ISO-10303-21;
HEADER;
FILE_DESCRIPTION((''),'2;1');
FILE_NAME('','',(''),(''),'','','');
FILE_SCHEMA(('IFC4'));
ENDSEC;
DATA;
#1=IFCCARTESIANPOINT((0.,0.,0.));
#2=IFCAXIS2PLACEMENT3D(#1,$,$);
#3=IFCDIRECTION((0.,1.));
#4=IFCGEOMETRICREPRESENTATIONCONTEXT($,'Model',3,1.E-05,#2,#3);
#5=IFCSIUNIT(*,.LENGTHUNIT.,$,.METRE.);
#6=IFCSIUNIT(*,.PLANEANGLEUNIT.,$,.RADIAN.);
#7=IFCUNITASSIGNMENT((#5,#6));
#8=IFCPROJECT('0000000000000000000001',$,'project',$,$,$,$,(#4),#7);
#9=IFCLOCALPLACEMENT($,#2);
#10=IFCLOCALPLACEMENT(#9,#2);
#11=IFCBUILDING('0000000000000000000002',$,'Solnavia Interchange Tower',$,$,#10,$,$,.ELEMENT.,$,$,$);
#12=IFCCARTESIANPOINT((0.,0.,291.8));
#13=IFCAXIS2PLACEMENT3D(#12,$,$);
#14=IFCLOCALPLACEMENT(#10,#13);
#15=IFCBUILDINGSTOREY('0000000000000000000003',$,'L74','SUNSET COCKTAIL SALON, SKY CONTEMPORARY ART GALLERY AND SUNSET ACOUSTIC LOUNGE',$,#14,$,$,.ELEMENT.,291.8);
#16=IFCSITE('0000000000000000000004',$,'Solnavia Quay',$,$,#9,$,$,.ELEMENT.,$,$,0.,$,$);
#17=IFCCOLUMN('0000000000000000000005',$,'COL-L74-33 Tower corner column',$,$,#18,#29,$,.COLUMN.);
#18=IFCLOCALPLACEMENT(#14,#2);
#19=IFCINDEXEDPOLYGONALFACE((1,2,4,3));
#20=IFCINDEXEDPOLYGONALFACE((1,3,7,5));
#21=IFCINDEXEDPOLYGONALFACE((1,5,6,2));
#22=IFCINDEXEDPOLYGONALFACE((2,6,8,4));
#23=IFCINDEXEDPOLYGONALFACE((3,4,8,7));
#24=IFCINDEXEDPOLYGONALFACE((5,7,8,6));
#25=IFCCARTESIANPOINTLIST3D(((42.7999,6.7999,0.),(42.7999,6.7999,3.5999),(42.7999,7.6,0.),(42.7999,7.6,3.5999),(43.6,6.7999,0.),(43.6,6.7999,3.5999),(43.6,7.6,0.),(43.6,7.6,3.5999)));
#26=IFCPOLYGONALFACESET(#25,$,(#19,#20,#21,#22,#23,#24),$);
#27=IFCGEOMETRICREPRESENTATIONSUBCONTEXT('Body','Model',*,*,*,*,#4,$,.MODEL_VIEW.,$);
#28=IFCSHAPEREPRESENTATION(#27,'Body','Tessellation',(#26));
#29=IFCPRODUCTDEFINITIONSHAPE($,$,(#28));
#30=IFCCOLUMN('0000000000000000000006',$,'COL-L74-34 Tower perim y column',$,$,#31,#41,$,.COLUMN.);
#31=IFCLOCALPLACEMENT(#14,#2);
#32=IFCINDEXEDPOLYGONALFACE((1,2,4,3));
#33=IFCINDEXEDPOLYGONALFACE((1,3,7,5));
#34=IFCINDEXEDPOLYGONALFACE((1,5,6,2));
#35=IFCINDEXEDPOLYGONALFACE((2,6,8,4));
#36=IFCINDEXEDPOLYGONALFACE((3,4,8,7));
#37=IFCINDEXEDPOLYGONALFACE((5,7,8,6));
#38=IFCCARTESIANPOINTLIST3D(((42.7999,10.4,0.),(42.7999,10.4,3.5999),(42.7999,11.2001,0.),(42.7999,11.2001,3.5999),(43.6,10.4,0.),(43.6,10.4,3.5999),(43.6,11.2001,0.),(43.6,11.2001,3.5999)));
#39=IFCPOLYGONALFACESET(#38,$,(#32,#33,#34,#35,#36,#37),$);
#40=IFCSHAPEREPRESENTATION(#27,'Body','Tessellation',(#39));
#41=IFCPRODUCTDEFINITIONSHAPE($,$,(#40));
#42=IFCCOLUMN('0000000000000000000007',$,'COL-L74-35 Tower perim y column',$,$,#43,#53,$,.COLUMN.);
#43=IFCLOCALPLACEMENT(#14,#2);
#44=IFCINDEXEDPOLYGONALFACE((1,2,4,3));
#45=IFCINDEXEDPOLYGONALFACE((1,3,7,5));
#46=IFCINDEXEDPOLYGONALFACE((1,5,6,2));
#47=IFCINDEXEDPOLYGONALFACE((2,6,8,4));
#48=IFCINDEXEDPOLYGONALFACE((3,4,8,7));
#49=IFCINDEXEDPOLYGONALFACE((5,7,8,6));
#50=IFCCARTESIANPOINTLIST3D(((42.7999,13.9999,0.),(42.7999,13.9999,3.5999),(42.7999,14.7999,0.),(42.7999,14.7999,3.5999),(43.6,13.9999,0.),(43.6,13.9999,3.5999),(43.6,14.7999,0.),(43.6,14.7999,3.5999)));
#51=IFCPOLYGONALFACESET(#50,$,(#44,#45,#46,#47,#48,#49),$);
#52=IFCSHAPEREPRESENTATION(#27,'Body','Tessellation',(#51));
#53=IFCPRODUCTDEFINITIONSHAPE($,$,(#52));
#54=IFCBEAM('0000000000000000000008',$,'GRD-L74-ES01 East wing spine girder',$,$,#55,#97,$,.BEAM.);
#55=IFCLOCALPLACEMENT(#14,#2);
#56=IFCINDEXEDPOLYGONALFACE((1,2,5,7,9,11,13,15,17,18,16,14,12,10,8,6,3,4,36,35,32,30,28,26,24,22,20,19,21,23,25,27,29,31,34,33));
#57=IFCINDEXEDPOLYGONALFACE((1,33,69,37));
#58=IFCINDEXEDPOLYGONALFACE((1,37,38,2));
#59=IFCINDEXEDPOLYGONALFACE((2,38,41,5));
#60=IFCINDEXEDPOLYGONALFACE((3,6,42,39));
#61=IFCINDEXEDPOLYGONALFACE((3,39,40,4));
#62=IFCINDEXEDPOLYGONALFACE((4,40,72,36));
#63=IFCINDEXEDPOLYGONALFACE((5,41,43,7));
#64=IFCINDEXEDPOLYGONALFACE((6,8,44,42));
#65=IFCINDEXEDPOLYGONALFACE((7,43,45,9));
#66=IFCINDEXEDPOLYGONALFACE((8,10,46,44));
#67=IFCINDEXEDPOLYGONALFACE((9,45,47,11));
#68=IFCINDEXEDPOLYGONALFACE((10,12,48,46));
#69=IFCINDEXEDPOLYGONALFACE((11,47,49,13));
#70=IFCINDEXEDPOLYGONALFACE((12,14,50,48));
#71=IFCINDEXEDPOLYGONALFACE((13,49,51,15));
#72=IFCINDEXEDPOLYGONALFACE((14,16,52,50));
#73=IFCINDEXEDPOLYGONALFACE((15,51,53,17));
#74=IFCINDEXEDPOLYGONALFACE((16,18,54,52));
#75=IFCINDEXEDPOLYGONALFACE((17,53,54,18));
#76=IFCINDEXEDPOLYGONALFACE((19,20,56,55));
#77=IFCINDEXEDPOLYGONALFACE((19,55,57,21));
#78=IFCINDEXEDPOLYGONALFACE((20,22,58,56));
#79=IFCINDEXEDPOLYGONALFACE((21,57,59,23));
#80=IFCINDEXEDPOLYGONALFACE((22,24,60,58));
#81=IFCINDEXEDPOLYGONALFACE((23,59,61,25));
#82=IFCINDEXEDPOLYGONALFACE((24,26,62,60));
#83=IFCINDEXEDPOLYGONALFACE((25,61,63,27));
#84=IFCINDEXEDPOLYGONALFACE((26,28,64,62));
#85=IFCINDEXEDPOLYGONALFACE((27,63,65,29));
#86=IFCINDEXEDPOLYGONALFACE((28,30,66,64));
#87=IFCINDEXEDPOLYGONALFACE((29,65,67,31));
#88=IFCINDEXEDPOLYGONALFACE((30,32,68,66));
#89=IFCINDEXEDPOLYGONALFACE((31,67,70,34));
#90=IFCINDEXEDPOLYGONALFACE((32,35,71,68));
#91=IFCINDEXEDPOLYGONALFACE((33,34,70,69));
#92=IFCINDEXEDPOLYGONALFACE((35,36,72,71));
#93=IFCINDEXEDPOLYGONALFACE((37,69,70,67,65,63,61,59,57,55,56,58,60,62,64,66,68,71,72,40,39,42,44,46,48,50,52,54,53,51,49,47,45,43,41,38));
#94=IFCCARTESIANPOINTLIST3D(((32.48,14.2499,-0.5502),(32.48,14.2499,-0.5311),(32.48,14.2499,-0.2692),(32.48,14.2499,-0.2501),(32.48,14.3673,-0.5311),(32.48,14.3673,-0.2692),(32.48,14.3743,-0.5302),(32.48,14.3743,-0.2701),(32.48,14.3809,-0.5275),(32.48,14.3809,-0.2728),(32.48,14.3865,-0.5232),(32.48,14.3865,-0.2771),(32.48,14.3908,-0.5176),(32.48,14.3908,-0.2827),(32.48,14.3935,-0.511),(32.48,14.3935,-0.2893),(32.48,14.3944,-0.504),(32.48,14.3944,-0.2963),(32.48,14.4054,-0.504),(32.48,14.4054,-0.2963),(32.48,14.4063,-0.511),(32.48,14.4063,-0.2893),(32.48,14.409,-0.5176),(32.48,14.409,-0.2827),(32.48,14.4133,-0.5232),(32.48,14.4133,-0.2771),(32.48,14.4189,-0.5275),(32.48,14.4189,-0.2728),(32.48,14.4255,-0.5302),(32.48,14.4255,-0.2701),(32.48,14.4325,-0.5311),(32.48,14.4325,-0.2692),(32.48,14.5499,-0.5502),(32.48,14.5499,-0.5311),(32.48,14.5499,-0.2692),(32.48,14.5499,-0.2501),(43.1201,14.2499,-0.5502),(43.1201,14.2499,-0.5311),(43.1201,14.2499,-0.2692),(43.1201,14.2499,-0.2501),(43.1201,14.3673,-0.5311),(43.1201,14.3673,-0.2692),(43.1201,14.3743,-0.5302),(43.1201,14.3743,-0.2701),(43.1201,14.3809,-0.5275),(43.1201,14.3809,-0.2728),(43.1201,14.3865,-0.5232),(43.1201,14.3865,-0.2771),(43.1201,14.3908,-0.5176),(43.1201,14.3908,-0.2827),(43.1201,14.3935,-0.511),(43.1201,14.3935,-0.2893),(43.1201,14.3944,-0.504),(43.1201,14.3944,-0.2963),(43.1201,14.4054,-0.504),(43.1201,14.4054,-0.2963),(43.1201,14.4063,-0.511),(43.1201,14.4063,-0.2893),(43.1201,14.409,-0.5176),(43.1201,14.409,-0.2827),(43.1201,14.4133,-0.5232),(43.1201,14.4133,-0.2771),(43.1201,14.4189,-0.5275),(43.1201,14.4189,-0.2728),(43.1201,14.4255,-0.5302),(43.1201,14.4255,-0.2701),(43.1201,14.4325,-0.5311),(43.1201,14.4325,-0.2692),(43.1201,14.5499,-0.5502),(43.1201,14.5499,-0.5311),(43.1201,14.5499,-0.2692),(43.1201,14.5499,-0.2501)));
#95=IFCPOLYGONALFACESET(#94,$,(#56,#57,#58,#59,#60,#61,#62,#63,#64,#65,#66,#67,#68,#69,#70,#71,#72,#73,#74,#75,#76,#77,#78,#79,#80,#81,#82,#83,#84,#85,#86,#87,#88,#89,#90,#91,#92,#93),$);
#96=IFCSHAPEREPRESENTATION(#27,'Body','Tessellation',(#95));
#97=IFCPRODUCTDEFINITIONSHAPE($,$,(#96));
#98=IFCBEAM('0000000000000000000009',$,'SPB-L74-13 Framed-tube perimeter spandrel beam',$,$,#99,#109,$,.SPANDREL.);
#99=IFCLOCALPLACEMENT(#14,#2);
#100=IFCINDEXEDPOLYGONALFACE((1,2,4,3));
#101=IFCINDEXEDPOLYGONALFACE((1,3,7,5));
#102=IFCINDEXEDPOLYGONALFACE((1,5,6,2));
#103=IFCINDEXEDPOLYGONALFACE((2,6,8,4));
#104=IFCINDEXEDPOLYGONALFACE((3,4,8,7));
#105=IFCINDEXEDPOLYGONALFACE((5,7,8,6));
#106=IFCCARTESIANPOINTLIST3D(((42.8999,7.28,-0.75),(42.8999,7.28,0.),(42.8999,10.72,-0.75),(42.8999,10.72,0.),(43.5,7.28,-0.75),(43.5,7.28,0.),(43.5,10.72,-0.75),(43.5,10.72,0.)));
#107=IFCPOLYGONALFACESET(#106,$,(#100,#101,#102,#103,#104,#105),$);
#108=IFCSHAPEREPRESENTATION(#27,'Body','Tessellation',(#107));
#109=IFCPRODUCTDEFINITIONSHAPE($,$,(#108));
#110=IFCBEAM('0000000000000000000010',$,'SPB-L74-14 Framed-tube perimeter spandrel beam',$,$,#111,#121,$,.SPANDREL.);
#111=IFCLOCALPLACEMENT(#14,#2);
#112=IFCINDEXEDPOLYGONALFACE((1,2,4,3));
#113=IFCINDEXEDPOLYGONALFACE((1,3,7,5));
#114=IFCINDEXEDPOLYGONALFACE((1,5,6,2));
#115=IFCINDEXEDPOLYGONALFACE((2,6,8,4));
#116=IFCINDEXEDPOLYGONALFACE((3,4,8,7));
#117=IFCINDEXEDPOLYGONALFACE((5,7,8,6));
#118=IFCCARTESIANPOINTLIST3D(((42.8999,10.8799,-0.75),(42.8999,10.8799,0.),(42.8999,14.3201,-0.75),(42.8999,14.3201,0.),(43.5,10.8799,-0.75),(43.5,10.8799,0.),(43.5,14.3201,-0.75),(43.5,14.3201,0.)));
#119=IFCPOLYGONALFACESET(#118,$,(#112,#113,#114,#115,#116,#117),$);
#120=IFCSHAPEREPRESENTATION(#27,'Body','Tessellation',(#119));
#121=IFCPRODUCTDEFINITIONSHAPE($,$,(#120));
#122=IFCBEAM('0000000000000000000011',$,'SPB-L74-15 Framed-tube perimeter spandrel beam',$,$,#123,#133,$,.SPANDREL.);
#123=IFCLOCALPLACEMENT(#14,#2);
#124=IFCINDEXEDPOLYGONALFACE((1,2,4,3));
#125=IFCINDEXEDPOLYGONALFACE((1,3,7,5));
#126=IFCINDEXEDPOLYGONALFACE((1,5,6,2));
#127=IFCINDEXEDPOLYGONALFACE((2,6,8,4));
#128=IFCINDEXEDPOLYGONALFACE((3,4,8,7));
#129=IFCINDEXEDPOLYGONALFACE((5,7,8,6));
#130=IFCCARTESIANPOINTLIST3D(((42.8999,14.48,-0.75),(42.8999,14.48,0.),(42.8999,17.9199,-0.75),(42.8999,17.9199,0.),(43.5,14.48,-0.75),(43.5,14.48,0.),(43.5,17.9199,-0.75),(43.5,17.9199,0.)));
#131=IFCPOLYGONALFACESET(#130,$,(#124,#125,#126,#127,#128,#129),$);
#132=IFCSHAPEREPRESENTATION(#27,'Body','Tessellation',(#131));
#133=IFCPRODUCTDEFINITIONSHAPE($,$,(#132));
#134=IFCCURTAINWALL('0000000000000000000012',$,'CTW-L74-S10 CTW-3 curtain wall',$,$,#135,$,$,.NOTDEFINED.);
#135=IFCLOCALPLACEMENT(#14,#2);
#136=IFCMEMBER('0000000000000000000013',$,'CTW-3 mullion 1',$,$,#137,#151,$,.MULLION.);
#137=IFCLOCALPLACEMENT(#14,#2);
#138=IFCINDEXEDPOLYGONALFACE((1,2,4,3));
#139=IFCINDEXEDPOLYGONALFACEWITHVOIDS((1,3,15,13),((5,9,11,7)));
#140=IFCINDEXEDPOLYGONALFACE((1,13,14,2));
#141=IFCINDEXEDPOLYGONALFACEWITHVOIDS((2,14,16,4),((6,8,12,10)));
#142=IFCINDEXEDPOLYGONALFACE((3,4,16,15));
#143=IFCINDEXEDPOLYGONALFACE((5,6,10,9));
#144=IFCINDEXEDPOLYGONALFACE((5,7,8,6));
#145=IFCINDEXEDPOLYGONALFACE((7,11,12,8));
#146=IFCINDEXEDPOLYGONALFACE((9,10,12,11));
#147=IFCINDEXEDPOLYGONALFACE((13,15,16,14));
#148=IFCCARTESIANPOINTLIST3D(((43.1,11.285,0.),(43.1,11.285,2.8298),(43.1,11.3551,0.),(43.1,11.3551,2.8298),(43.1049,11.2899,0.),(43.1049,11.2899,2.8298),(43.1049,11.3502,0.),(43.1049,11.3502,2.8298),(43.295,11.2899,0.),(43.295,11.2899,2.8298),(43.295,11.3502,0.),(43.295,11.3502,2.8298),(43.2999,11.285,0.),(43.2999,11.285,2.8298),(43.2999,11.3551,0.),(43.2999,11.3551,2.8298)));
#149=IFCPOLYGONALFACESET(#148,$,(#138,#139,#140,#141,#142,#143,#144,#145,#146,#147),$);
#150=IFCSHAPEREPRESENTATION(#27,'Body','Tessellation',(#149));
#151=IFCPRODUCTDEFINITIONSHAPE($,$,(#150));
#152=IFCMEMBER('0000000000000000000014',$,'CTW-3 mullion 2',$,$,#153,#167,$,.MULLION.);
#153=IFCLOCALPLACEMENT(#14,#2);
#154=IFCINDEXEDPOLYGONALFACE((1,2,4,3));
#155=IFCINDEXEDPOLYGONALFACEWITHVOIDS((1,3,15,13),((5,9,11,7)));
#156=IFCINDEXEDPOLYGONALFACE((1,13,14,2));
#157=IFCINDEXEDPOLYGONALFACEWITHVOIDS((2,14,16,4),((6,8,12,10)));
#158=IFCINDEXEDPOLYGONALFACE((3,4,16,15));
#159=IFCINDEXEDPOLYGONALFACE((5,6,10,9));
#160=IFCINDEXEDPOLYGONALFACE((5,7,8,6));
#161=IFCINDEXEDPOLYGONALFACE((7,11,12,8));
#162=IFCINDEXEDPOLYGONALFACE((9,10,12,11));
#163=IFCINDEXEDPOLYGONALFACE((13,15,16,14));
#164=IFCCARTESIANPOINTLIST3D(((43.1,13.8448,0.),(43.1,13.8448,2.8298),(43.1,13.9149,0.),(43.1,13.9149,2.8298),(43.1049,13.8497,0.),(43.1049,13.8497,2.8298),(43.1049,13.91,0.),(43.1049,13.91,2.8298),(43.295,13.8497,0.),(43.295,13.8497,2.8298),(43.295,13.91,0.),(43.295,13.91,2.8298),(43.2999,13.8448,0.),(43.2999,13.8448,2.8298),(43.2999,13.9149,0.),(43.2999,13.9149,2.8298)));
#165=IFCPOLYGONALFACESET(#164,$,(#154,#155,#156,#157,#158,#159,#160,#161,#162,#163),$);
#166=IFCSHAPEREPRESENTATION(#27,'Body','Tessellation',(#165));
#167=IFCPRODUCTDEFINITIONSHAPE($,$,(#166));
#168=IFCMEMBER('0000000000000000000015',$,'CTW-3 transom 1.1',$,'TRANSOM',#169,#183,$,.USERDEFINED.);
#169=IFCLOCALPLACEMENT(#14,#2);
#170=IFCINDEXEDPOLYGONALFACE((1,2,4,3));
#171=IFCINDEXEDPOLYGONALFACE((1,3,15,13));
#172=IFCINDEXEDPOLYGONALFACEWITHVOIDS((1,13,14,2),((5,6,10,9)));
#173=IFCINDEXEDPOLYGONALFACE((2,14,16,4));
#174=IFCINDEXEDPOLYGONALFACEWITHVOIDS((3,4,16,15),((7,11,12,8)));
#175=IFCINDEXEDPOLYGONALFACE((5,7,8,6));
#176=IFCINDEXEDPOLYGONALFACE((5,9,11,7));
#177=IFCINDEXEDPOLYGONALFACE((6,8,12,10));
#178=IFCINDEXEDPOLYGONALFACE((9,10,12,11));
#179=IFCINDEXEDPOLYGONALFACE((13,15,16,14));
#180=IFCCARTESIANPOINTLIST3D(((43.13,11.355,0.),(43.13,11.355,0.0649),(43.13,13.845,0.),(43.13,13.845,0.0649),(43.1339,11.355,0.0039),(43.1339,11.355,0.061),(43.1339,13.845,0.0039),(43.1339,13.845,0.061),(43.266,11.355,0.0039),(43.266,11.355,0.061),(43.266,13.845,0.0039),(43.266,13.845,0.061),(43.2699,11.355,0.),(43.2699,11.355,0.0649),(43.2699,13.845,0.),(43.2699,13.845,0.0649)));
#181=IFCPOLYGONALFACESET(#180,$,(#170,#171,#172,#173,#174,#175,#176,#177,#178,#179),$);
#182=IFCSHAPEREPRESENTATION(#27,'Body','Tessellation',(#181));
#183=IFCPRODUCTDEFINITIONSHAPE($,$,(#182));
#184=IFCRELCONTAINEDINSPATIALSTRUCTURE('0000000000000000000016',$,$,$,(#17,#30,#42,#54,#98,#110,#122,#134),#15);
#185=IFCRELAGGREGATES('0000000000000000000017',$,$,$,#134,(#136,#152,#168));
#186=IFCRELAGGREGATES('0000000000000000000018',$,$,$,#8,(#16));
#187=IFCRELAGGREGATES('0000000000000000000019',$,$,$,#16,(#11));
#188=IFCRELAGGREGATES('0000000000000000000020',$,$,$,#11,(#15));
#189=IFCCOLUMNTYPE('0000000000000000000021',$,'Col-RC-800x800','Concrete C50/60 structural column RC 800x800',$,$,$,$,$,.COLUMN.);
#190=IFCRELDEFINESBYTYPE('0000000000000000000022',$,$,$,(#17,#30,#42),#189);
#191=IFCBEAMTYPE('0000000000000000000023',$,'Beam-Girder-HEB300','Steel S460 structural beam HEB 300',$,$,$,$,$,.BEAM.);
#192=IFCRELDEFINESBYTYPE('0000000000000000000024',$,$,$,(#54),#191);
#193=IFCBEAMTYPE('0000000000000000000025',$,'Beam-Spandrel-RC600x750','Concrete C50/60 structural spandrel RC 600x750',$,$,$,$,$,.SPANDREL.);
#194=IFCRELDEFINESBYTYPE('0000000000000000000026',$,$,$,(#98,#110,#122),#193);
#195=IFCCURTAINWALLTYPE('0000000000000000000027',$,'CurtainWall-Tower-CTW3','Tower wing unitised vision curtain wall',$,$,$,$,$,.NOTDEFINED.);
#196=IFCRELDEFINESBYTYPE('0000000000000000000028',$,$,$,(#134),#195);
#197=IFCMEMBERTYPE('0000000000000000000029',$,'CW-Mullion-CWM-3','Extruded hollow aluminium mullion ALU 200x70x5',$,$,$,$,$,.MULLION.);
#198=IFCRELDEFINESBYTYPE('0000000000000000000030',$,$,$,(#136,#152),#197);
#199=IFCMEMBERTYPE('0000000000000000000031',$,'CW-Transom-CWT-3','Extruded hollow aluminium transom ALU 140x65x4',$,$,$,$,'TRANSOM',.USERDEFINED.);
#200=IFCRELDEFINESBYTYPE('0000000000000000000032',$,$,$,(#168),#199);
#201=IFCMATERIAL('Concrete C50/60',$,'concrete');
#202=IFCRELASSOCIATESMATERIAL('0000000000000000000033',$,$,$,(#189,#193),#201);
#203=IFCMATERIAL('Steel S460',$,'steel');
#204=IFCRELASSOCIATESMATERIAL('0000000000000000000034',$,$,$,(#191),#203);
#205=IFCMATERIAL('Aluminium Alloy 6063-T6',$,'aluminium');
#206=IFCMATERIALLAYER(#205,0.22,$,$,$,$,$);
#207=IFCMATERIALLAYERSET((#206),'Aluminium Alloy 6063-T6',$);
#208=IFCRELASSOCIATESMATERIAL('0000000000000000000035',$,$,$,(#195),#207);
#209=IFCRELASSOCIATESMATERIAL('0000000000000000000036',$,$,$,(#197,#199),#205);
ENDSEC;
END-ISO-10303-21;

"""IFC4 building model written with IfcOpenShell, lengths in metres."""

from ifc_helpers import new_model, si_unit, direction, frame, origin, origin_2d, place, context, subcontext, project, spatial, rectangle, hollow_rectangle, i_section, extrude, material, layer, layer_set, material_profile, profile_set, type_object, element, aggregate, save


model = new_model("IFC4")

# Units and contexts
model_context = context("Model", 3, precision=1e-05, world=origin(), true_north=direction((0.0, 1.0)))
body_context = subcontext(model_context, "Body", "Model", "MODEL_VIEW")
ifc_project = project(units=[si_unit("LENGTHUNIT", "METRE"), si_unit("PLANEANGLEUNIT", "RADIAN")], contexts=[model_context])

# Site, building, storey
site_placement = place(None, origin())
site = spatial("IfcSite", under=ifc_project, at=site_placement, Name="Solnavia Quay", CompositionType="ELEMENT", RefElevation=0.0)
building_placement = place(site_placement, origin())
building = spatial("IfcBuilding", under=site, at=building_placement, Name="Solnavia Interchange Tower", CompositionType="ELEMENT")
storey_placement = place(building_placement, frame((0.0, 0.0, 291.8)))
storey = spatial("IfcBuildingStorey", under=building, at=storey_placement, Name="L74", Description="SUNSET COCKTAIL SALON, SKY CONTEMPORARY ART GALLERY AND SUNSET ACOUSTIC LOUNGE", CompositionType="ELEMENT", Elevation=291.8)

# Columns
ifc_material_1 = material(Name="Concrete C50/60", Category="concrete")
ifc_material_profile_1 = material_profile(ifc_material_1, rectangle(XDim=0.8, YDim=0.8, at=origin_2d()), Name="RC 800x800")
ifc_profile_set_1 = profile_set([ifc_material_profile_1], Name="Concrete C50/60")
column_type = type_object("IfcColumnType", Name="Col-RC-800x800", Description="Concrete C50/60 structural column RC 800x800", PredefinedType="COLUMN", material=ifc_profile_set_1)
for number, where, z_axis, x_axis, name in (
    (1, (43.2, 7.2, 0.0), (0.0, 0.0, 1.0), (1.0, 0.0, 0.0), "COL-L74-33 Tower corner column"),
    (2, (43.2, 10.8, 0.0), (0.0, 0.0, 1.0), (0.0, 1.0, 0.0), "COL-L74-34 Tower perim y column"),
    (3, (43.2, 14.3999, 0.0), (0.0, 0.0, 1.0), (0.0, 1.0, 0.0), "COL-L74-35 Tower perim y column"),
):
    element("IfcColumn", number, at=place(storey_placement, frame(where, z_axis=z_axis, x_axis=x_axis)), inside=storey, type_object=column_type, Name=name, PredefinedType="COLUMN", context=body_context, shape_type="SweptSolid", body=[
        extrude(rectangle(XDim=0.8, YDim=0.8, at=origin_2d()), origin(), (0.0, 0.0, 1.0), 3.5999),
    ])

# Beams
ifc_material_2 = material(Name="Steel S460", Category="steel")
ifc_material_profile_2 = material_profile(ifc_material_2, i_section(OverallWidth=0.3, OverallDepth=0.3, WebThickness=0.011, FlangeThickness=0.019, FilletRadius=0.0271, at=origin_2d()), Name="HEB 300")
ifc_profile_set_2 = profile_set([ifc_material_profile_2], Name="Steel S460")
beam_type_1 = type_object("IfcBeamType", Name="Beam-Girder-HEB300", Description="Steel S460 structural beam HEB 300", PredefinedType="BEAM", material=ifc_profile_set_2)
beam_1_placement = place(storey_placement, frame((32.48, 14.3999, -0.4001), z_axis=(1.0, 0.0, 0.0), x_axis=(0.0, 1.0, 0.0)))
element("IfcBeam", 4, at=beam_1_placement, inside=storey, type_object=beam_type_1, Name="GRD-L74-ES01 East wing spine girder", PredefinedType="BEAM", context=body_context, shape_type="SweptSolid", body=[
    extrude(i_section(OverallWidth=0.3, OverallDepth=0.3, WebThickness=0.011, FlangeThickness=0.019, FilletRadius=0.0271, at=origin_2d()), origin(), (0.0, 0.0, 1.0), 10.6401),
])
ifc_material_profile_3 = material_profile(ifc_material_1, rectangle(XDim=0.6001, YDim=0.75, at=origin_2d()), Name="RC 600x750")
ifc_profile_set_3 = profile_set([ifc_material_profile_3], Name="Concrete C50/60")
beam_type_2 = type_object("IfcBeamType", Name="Beam-Spandrel-RC600x750", Description="Concrete C50/60 structural spandrel RC 600x750", PredefinedType="SPANDREL", material=ifc_profile_set_3)
beam_2_placement = place(storey_placement, frame((43.2, 7.28, -0.375), z_axis=(0.0, 1.0, 0.0), x_axis=(-1.0, 0.0, 0.0)))
element("IfcBeam", 5, at=beam_2_placement, inside=storey, type_object=beam_type_2, Name="SPB-L74-13 Framed-tube perimeter spandrel beam", PredefinedType="SPANDREL", context=body_context, shape_type="SweptSolid", body=[
    extrude(rectangle(XDim=0.6001, YDim=0.75, at=origin_2d()), origin(), (0.0, 0.0, 1.0), 3.4399),
])
beam_3_placement = place(storey_placement, frame((43.2, 10.8799, -0.375), z_axis=(0.0, 1.0, 0.0), x_axis=(-1.0, 0.0, 0.0)))
element("IfcBeam", 6, at=beam_3_placement, inside=storey, type_object=beam_type_2, Name="SPB-L74-14 Framed-tube perimeter spandrel beam", PredefinedType="SPANDREL", context=body_context, shape_type="SweptSolid", body=[
    extrude(rectangle(XDim=0.6001, YDim=0.75, at=origin_2d()), origin(), (0.0, 0.0, 1.0), 3.4402),
])
beam_4_placement = place(storey_placement, frame((43.2, 14.48, -0.375), z_axis=(0.0, 1.0, 0.0), x_axis=(-1.0, 0.0, 0.0)))
element("IfcBeam", 7, at=beam_4_placement, inside=storey, type_object=beam_type_2, Name="SPB-L74-15 Framed-tube perimeter spandrel beam", PredefinedType="SPANDREL", context=body_context, shape_type="SweptSolid", body=[
    extrude(rectangle(XDim=0.6001, YDim=0.75, at=origin_2d()), origin(), (0.0, 0.0, 1.0), 3.4399),
])

# Curtain wall, members
ifc_material_3 = material(Name="Aluminium Alloy 6063-T6", Category="aluminium")
ifc_layer_1 = layer(ifc_material_3, 0.22)
ifc_layer_set_1 = layer_set([ifc_layer_1], Name="Aluminium Alloy 6063-T6")
curtain_wall_type = type_object("IfcCurtainWallType", Name="CurtainWall-Tower-CTW3", Description="Tower wing unitised vision curtain wall", PredefinedType="NOTDEFINED", material=ifc_layer_set_1)
curtain_wall_placement = place(storey_placement, origin())
curtain_wall = element("IfcCurtainWall", 8, at=curtain_wall_placement, inside=storey, type_object=curtain_wall_type, Name="CTW-L74-S10 CTW-3 curtain wall", PredefinedType="NOTDEFINED")
ifc_material_profile_4 = material_profile(ifc_material_3, hollow_rectangle(XDim=0.0701, YDim=0.2, WallThickness=0.0049, at=origin_2d()), Name="ALU 200x70x5")
ifc_profile_set_4 = profile_set([ifc_material_profile_4], Name="Aluminium Alloy 6063-T6")
member_type_1 = type_object("IfcMemberType", Name="CW-Mullion-CWM-3", Description="Extruded hollow aluminium mullion ALU 200x70x5", PredefinedType="MULLION", material=ifc_profile_set_4)
member_1_placement = place(storey_placement, frame((43.2, 11.3201, 0.0), z_axis=(0.0, 0.0, 1.0), x_axis=(0.0, 1.0, 0.0)))
member_1 = element("IfcMember", 9, at=member_1_placement, type_object=member_type_1, Name="CTW-3 mullion 1", PredefinedType="MULLION", context=body_context, shape_type="SweptSolid", body=[
    extrude(hollow_rectangle(XDim=0.0701, YDim=0.2, WallThickness=0.0049, at=origin_2d()), origin(), (0.0, 0.0, 1.0), 2.8298),
])
member_2_placement = place(storey_placement, frame((43.2, 13.8799, 0.0), z_axis=(0.0, 0.0, 1.0), x_axis=(0.0, 1.0, 0.0)))
member_2 = element("IfcMember", 10, at=member_2_placement, type_object=member_type_1, Name="CTW-3 mullion 2", PredefinedType="MULLION", context=body_context, shape_type="SweptSolid", body=[
    extrude(hollow_rectangle(XDim=0.0701, YDim=0.2, WallThickness=0.0049, at=origin_2d()), origin(), (0.0, 0.0, 1.0), 2.8298),
])
ifc_material_profile_5 = material_profile(ifc_material_3, hollow_rectangle(XDim=0.0649, YDim=0.1399, WallThickness=0.0039, at=origin_2d()), Name="ALU 140x65x4")
ifc_profile_set_5 = profile_set([ifc_material_profile_5], Name="Aluminium Alloy 6063-T6")
member_type_2 = type_object("IfcMemberType", Name="CW-Transom-CWT-3", Description="Extruded hollow aluminium transom ALU 140x65x4", ElementType="TRANSOM", PredefinedType="USERDEFINED", material=ifc_profile_set_5)
member_3_placement = place(storey_placement, frame((43.2, 11.355, 0.0325), z_axis=(0.0, 1.0, 0.0), x_axis=(0.0, 0.0, 1.0)))
member_3 = element("IfcMember", 11, at=member_3_placement, type_object=member_type_2, Name="CTW-3 transom 1.1", ObjectType="TRANSOM", PredefinedType="USERDEFINED", context=body_context, shape_type="SweptSolid", body=[
    extrude(hollow_rectangle(XDim=0.0649, YDim=0.1399, WallThickness=0.0039, at=origin_2d()), origin(), (0.0, 0.0, 1.0), 2.49),
])
aggregate(curtain_wall, [member_1, member_2, member_3])

save(model, "model.ifc")
